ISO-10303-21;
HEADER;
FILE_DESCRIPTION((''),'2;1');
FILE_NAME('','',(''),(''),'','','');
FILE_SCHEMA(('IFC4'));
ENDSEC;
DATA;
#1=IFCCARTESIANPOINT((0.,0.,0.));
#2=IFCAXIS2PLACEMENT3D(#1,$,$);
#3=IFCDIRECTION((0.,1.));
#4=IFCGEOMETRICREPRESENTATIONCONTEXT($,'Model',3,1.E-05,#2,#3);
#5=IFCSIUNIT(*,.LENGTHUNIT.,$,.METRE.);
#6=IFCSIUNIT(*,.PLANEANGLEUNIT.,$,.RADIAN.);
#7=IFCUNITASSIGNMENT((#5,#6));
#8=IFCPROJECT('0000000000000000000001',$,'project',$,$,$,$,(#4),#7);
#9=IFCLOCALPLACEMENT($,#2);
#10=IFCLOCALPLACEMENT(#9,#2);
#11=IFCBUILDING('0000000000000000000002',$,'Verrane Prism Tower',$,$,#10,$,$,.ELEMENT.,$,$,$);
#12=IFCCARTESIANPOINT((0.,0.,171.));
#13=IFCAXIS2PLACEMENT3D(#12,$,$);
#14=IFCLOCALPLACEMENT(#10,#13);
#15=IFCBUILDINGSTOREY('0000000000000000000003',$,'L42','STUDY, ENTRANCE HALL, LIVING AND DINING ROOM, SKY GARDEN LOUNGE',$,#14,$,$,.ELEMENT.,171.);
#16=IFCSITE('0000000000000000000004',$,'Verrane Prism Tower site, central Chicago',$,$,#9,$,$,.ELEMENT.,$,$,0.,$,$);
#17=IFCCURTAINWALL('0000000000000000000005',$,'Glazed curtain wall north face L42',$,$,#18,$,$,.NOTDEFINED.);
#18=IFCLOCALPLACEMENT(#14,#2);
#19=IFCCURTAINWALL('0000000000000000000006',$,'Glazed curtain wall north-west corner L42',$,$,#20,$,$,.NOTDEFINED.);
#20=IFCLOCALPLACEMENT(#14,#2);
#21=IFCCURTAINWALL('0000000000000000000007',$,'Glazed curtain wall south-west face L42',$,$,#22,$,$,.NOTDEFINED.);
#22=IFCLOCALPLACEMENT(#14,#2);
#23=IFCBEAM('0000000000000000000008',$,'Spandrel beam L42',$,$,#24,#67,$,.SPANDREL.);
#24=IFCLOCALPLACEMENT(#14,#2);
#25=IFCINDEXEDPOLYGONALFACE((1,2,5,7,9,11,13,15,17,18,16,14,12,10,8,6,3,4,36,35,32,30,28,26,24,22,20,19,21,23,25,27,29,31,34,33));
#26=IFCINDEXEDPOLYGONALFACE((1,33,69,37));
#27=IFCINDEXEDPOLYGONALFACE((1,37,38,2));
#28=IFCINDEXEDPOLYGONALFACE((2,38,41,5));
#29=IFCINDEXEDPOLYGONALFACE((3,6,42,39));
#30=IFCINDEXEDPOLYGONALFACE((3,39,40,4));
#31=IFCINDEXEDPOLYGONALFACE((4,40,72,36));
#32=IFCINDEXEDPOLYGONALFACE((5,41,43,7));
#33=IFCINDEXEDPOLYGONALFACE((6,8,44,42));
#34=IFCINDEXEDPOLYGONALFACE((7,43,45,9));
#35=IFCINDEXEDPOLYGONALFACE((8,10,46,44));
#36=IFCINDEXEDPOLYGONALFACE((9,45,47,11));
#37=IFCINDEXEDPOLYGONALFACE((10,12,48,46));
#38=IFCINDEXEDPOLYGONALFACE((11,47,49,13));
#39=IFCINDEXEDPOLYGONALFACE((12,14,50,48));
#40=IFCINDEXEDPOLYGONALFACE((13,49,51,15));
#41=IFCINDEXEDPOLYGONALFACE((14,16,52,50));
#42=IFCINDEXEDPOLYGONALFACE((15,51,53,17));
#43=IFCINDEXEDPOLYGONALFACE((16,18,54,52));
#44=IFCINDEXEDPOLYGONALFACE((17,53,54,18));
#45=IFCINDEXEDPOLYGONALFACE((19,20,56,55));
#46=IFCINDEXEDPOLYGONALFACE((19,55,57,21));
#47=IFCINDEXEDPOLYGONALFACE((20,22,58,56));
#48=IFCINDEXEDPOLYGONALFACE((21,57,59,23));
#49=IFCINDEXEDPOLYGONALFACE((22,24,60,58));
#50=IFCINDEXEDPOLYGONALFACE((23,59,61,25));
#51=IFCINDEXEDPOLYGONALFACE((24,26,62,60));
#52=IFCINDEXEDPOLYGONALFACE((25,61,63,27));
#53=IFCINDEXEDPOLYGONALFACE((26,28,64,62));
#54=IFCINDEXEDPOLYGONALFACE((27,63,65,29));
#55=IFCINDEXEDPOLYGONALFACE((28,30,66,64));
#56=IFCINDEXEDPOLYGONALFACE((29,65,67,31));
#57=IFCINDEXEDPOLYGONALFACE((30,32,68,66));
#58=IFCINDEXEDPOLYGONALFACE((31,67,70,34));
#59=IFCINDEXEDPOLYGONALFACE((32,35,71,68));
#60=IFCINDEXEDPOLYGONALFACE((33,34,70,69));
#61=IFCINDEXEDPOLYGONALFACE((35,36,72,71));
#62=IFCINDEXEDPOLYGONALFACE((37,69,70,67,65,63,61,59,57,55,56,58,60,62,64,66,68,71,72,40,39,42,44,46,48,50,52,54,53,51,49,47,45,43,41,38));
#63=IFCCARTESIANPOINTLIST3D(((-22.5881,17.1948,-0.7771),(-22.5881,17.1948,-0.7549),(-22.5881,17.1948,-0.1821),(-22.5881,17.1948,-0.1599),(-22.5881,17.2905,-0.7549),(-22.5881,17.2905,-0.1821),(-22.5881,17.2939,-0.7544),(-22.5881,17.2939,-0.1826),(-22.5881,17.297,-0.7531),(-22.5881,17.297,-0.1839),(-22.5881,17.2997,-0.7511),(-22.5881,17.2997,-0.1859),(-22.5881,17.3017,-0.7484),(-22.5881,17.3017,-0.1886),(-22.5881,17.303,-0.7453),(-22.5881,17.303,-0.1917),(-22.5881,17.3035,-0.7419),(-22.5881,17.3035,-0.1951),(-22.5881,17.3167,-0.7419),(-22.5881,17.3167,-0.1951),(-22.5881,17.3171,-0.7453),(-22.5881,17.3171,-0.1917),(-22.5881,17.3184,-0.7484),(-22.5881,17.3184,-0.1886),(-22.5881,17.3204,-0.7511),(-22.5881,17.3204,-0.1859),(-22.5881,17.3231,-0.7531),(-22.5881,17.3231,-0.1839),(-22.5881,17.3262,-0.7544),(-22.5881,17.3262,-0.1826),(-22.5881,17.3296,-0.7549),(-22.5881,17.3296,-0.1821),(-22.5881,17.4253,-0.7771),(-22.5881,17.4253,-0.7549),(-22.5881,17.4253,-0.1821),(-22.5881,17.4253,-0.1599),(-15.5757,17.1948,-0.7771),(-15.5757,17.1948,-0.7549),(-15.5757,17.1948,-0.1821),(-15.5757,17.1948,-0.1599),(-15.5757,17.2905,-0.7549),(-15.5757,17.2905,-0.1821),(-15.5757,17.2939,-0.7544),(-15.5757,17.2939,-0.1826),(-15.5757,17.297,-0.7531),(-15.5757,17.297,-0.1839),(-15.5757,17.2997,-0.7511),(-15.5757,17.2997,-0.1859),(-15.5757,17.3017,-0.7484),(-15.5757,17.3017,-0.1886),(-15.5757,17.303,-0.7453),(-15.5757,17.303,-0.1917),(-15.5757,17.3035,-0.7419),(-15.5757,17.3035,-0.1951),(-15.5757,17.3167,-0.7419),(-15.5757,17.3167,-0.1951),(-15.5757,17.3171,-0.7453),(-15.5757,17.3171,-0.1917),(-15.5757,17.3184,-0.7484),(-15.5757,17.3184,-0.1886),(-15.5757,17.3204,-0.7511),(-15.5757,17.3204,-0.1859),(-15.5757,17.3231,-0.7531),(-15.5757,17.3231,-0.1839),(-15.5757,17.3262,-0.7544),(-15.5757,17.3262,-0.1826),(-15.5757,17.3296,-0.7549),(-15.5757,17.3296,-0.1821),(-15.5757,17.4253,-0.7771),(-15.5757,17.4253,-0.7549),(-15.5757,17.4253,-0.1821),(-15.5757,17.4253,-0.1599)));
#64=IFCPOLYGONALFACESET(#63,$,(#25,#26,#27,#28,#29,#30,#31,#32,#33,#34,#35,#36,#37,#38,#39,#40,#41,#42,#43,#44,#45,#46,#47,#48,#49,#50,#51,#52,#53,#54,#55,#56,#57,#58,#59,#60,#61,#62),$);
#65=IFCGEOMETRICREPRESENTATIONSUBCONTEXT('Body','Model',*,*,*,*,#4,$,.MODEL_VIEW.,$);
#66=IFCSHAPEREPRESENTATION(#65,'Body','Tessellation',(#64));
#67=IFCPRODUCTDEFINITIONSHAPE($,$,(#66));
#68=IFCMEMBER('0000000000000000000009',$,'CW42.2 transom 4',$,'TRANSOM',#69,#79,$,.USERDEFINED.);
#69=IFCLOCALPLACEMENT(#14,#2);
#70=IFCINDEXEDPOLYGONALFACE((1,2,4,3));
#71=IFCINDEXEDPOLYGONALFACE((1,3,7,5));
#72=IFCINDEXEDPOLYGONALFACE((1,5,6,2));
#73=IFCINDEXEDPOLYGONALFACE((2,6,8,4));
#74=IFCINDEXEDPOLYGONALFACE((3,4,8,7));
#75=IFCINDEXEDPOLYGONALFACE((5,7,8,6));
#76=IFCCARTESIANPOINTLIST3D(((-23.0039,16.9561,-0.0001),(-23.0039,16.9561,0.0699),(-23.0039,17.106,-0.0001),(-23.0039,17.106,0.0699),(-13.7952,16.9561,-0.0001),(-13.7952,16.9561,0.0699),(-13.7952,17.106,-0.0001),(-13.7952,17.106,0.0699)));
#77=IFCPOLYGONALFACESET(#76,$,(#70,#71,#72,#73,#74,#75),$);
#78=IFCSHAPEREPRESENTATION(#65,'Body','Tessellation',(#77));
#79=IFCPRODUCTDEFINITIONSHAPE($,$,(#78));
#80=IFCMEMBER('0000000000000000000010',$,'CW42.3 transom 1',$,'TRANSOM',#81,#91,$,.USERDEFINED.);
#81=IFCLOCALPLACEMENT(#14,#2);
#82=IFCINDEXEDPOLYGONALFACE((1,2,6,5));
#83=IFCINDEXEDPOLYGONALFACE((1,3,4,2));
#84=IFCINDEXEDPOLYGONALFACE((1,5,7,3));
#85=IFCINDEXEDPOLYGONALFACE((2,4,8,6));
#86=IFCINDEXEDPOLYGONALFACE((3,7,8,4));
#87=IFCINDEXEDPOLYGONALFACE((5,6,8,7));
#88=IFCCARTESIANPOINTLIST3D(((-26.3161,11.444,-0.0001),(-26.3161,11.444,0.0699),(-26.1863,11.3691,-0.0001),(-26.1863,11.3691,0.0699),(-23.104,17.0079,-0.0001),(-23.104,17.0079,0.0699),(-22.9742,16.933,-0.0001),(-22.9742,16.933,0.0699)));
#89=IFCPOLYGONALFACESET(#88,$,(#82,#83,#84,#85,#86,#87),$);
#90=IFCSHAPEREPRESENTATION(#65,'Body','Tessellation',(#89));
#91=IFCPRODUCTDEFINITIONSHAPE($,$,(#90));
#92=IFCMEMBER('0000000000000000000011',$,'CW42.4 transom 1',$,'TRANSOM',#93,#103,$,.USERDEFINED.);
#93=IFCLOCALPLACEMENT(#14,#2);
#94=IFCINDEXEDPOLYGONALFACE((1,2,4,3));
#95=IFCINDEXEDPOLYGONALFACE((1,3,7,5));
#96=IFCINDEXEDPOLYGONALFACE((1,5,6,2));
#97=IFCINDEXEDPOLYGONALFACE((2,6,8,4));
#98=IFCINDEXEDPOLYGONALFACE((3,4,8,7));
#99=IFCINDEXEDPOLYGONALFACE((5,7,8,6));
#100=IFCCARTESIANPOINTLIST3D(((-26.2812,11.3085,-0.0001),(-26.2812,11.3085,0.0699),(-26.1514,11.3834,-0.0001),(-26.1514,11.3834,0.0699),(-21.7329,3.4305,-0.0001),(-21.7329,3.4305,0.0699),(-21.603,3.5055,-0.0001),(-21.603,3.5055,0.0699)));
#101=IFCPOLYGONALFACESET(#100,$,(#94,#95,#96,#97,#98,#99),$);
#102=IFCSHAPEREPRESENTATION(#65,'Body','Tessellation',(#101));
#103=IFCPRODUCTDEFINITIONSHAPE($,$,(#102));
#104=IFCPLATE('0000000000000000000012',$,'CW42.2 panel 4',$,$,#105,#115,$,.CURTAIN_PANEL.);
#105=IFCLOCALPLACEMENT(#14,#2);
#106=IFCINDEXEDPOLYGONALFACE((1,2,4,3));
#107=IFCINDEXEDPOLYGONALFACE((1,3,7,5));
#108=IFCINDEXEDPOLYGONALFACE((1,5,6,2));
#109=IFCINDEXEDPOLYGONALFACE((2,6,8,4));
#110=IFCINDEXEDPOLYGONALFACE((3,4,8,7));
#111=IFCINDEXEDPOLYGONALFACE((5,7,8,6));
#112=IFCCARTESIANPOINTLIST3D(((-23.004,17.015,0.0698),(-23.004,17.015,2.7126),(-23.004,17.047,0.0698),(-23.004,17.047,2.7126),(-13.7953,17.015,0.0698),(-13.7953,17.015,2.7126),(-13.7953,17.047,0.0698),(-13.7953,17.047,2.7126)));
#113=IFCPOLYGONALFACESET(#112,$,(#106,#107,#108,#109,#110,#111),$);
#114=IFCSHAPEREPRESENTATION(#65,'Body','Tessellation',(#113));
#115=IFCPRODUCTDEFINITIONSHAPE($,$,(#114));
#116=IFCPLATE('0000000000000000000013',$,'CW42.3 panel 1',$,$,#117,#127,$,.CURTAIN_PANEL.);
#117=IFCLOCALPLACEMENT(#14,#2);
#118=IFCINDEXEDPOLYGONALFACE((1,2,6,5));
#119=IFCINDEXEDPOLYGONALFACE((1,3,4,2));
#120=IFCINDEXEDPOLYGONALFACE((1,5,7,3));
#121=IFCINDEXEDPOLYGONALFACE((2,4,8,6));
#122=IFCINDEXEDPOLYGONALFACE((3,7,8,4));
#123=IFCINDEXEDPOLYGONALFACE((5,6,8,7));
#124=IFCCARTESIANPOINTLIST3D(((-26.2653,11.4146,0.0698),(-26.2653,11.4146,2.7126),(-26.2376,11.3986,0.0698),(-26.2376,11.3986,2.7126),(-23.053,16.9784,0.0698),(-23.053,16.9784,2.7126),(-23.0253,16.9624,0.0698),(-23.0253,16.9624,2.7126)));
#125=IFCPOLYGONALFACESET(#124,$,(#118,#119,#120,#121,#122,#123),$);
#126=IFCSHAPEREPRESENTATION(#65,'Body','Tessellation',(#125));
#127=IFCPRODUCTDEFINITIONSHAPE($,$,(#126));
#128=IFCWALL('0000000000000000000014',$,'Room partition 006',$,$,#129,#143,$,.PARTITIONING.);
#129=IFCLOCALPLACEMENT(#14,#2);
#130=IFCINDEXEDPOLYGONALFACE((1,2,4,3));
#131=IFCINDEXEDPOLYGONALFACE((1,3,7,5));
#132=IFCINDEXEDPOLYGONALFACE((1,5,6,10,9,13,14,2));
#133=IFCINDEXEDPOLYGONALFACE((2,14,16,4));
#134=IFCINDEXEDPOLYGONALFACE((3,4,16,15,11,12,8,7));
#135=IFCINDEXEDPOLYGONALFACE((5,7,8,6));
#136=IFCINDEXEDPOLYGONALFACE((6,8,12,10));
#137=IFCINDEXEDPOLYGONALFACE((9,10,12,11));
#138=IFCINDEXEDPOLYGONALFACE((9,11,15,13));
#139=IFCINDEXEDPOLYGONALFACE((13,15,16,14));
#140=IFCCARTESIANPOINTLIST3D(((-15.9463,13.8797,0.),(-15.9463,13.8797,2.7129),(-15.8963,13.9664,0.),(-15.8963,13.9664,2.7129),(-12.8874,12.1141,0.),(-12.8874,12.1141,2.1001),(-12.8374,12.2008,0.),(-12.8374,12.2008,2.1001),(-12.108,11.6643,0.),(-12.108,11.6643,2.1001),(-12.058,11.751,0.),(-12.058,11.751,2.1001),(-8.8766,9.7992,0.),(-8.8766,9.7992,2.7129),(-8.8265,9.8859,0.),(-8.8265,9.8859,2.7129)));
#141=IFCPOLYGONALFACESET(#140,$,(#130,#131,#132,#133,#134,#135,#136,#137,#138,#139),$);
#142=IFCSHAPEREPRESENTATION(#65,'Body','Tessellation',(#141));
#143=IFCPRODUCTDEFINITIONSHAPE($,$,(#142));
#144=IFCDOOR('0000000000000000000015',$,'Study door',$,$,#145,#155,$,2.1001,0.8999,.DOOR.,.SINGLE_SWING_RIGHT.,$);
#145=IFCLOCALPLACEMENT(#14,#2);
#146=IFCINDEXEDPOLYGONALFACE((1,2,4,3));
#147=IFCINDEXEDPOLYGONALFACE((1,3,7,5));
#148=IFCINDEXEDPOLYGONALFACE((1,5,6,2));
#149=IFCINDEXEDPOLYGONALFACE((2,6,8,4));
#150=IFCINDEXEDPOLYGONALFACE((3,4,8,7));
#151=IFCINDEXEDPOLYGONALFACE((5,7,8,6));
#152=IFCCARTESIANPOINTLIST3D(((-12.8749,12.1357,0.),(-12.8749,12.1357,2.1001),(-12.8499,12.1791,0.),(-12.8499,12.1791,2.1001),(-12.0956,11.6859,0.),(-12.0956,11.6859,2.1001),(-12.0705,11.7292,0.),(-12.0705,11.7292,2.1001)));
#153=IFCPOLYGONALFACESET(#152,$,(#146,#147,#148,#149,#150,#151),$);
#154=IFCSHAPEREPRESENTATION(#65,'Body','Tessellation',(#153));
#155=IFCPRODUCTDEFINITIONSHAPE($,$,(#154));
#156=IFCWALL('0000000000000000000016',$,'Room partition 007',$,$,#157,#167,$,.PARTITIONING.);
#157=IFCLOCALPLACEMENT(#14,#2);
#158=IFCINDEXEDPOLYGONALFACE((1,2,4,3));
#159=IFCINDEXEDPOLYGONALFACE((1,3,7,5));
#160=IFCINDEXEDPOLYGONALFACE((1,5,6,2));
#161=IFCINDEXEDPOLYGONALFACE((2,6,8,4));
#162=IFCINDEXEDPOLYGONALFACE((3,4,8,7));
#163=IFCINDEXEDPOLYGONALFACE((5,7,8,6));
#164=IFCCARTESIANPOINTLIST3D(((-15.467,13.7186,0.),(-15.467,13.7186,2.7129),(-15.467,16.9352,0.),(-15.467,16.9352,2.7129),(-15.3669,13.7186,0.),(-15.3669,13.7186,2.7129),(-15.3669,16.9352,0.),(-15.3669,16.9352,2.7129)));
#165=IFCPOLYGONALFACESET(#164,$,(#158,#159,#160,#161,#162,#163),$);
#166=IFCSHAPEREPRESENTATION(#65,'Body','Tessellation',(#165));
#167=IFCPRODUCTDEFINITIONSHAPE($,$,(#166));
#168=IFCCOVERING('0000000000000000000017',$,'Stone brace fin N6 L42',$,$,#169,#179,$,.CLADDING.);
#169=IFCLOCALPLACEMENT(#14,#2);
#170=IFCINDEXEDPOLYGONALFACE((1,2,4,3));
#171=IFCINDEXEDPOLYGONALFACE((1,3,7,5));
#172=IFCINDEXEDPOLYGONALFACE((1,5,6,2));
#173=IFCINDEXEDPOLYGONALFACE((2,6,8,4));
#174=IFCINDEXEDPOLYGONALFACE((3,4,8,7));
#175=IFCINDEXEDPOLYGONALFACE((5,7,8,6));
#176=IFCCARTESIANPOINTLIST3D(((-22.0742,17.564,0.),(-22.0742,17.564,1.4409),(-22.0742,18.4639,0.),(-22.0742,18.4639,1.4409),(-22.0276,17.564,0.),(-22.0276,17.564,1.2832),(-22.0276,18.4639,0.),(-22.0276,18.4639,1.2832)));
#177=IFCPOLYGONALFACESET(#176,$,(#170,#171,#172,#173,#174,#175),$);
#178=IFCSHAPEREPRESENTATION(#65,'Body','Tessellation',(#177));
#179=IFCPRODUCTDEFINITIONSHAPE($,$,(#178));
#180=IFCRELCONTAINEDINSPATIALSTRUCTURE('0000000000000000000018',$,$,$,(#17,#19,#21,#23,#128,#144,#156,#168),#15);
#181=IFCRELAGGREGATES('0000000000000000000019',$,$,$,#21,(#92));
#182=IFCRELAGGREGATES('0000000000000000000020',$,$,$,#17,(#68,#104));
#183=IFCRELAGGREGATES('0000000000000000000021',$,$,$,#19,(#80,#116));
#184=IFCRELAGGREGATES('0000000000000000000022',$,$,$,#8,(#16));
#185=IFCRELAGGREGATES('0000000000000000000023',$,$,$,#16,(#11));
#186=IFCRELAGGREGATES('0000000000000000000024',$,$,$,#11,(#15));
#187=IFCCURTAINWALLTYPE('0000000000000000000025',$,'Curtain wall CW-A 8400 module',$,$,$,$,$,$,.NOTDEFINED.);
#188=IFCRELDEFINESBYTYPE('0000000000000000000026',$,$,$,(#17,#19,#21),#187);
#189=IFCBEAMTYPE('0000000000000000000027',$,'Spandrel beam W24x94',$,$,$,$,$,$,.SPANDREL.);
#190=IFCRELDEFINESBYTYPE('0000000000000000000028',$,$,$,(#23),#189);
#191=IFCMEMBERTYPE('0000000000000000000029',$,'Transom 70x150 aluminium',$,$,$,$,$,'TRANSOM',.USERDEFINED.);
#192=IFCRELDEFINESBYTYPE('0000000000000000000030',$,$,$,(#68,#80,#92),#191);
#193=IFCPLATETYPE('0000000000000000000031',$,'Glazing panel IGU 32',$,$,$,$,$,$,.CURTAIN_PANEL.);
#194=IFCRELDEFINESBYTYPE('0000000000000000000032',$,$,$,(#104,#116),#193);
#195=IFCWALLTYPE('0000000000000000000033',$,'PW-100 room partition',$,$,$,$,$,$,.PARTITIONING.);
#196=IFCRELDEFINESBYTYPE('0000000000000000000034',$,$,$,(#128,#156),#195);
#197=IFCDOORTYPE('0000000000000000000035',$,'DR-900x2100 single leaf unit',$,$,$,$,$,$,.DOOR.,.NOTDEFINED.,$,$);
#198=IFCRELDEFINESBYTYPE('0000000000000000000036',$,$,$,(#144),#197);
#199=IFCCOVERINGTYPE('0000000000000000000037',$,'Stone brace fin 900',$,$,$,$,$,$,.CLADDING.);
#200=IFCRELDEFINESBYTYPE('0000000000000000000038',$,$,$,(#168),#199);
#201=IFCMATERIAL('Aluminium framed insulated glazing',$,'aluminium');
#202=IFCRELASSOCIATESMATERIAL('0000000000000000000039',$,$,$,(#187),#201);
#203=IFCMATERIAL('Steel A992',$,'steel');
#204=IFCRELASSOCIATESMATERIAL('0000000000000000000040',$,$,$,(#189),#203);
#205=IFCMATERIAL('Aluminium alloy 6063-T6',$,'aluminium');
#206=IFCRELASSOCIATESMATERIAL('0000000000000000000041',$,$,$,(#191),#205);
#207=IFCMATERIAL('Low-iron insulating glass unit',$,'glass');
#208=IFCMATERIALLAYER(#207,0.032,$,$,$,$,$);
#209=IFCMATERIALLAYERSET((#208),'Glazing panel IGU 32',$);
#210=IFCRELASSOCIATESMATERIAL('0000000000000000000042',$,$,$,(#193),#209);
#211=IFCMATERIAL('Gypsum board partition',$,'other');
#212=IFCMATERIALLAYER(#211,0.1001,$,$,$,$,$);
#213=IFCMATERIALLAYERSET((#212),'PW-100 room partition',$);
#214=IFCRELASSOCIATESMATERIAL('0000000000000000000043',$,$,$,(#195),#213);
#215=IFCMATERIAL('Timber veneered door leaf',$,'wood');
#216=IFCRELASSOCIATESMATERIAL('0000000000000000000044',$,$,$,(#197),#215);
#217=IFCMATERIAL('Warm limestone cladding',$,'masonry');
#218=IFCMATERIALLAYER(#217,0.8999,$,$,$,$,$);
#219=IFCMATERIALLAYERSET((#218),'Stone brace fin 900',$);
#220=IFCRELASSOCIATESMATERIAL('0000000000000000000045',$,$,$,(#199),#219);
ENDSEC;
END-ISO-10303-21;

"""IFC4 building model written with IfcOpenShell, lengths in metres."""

from ifc_helpers import new_model, si_unit, direction, frame, frame_2d, origin, origin_2d, place, context, subcontext, project, spatial, polyline, rectangle, i_section, outline, extrude, material, layer, layer_set, material_profile, profile_set, type_object, element, fill, aggregate, save


model = new_model("IFC4")

# Units and contexts
model_context = context("Model", 3, precision=1e-05, world=origin(), true_north=direction((0.0, 1.0)))
body_context = subcontext(model_context, "Body", "Model", "MODEL_VIEW")
ifc_project = project(units=[si_unit("LENGTHUNIT", "METRE"), si_unit("PLANEANGLEUNIT", "RADIAN")], contexts=[model_context])

# Site, building, storey
site_placement = place(None, origin())
site = spatial("IfcSite", under=ifc_project, at=site_placement, Name="Verrane Prism Tower site, central Chicago", CompositionType="ELEMENT", RefElevation=0.0)
building_placement = place(site_placement, origin())
building = spatial("IfcBuilding", under=site, at=building_placement, Name="Verrane Prism Tower", CompositionType="ELEMENT")
storey_placement = place(building_placement, frame((0.0, 0.0, 171.0)))
storey = spatial("IfcBuildingStorey", under=building, at=storey_placement, Name="L42", Description="STUDY, ENTRANCE HALL, LIVING AND DINING ROOM, SKY GARDEN LOUNGE", CompositionType="ELEMENT", Elevation=171.0)

# Curtain walls
ifc_material_1 = material(Name="Aluminium framed insulated glazing", Category="aluminium")
curtain_wall_type = type_object("IfcCurtainWallType", Name="Curtain wall CW-A 8400 module", PredefinedType="NOTDEFINED", material=ifc_material_1)
curtain_wall_1_placement = place(storey_placement, origin())
curtain_wall_1 = element("IfcCurtainWall", 1, at=curtain_wall_1_placement, inside=storey, type_object=curtain_wall_type, Name="Glazed curtain wall north face L42", PredefinedType="NOTDEFINED")
curtain_wall_2_placement = place(storey_placement, origin())
curtain_wall_2 = element("IfcCurtainWall", 2, at=curtain_wall_2_placement, inside=storey, type_object=curtain_wall_type, Name="Glazed curtain wall north-west corner L42", PredefinedType="NOTDEFINED")
curtain_wall_3_placement = place(storey_placement, origin())
curtain_wall_3 = element("IfcCurtainWall", 3, at=curtain_wall_3_placement, inside=storey, type_object=curtain_wall_type, Name="Glazed curtain wall south-west face L42", PredefinedType="NOTDEFINED")

# Beam
ifc_material_2 = material(Name="Steel A992", Category="steel")
ifc_material_profile_1 = material_profile(ifc_material_2, i_section(OverallWidth=0.2305, OverallDepth=0.6172, WebThickness=0.0132, FlangeThickness=0.0222, FilletRadius=0.0129, at=origin_2d()), Name="W24x94")
ifc_profile_set_1 = profile_set([ifc_material_profile_1], Name="Steel A992")
beam_type_1 = type_object("IfcBeamType", Name="Spandrel beam W24x94", PredefinedType="SPANDREL", material=ifc_profile_set_1)
beam_1_placement = place(storey_placement, frame((-15.5757, 17.3101, -0.4685), z_axis=(-1.0, 0.0, 0.0), x_axis=(0.0, -1.0, 0.0)))
element("IfcBeam", 4, at=beam_1_placement, inside=storey, type_object=beam_type_1, Name="Spandrel beam L42", PredefinedType="SPANDREL", context=body_context, shape_type="SweptSolid", body=[
    extrude(i_section(OverallWidth=0.2305, OverallDepth=0.6172, WebThickness=0.0132, FlangeThickness=0.0222, FilletRadius=0.0129, at=origin_2d()), origin(), (0.0, 0.0, 1.0), 7.0125),
])

# Members
ifc_material_3 = material(Name="Aluminium alloy 6063-T6", Category="aluminium")
ifc_material_profile_2 = material_profile(ifc_material_3, rectangle(XDim=0.1499, YDim=0.0701, at=origin_2d()), Name="Transom 70x150 aluminium")
ifc_profile_set_2 = profile_set([ifc_material_profile_2], Name="Aluminium alloy 6063-T6")
member_type_1 = type_object("IfcMemberType", Name="Transom 70x150 aluminium", ElementType="TRANSOM", PredefinedType="USERDEFINED", material=ifc_profile_set_2)
member_1_placement = place(storey_placement, frame((-13.7952, 17.031, 0.0349), z_axis=(-1.0, 0.0, 0.0), x_axis=(0.0, -1.0, 0.0)))
member_1 = element("IfcMember", 5, at=member_1_placement, type_object=member_type_1, Name="CW42.2 transom 4", ObjectType="TRANSOM", PredefinedType="USERDEFINED", context=body_context, shape_type="SweptSolid", body=[
    extrude(rectangle(XDim=0.1499, YDim=0.0701, at=origin_2d()), origin(), (0.0, 0.0, 1.0), 9.2087),
])
member_2_placement = place(storey_placement, frame((-23.0391, 16.9705, 0.0349), z_axis=(-0.499977, -0.866039, 0.0), x_axis=(0.866039, -0.499977, 0.0)))
member_2 = element("IfcMember", 6, at=member_2_placement, type_object=member_type_1, Name="CW42.3 transom 1", ObjectType="TRANSOM", PredefinedType="USERDEFINED", context=body_context, shape_type="SweptSolid", body=[
    extrude(rectangle(XDim=0.1499, YDim=0.0701, at=origin_2d()), origin(), (0.0, 0.0, 1.0), 6.4246),
])
member_3_placement = place(storey_placement, frame((-26.2163, 11.3459, 0.0349), z_axis=(0.500001, -0.866025, 0.0), x_axis=(0.866025, 0.500001, 0.0)))
member_3 = element("IfcMember", 7, at=member_3_placement, type_object=member_type_1, Name="CW42.4 transom 1", ObjectType="TRANSOM", PredefinedType="USERDEFINED", context=body_context, shape_type="SweptSolid", body=[
    extrude(rectangle(XDim=0.1499, YDim=0.0701, at=origin_2d()), origin(), (0.0, 0.0, 1.0), 9.0967),
])
aggregate(curtain_wall_3, [member_3])

# Plates
ifc_material_4 = material(Name="Low-iron insulating glass unit", Category="glass")
ifc_layer_1 = layer(ifc_material_4, 0.032)
ifc_layer_set_1 = layer_set([ifc_layer_1], Name="Glazing panel IGU 32")
plate_type = type_object("IfcPlateType", Name="Glazing panel IGU 32", PredefinedType="CURTAIN_PANEL", material=ifc_layer_set_1)
plate_1_placement = place(storey_placement, frame((-18.3997, 17.031, 0.0698), z_axis=(0.0, 0.0, 1.0), x_axis=(-1.0, 0.0, 0.0)))
plate_1 = element("IfcPlate", 8, at=plate_1_placement, type_object=plate_type, Name="CW42.2 panel 4", PredefinedType="CURTAIN_PANEL", context=body_context, shape_type="SweptSolid", body=[
    extrude(rectangle(XDim=9.2087, YDim=0.032, at=origin_2d()), origin(), (0.0, 0.0, 1.0), 2.6428),
])
aggregate(curtain_wall_1, [member_1, plate_1])
plate_2_placement = place(storey_placement, frame((-24.6453, 14.1885, 0.0698), z_axis=(0.0, 0.0, 1.0), x_axis=(-0.500006, -0.866022, 0.0)))
plate_2 = element("IfcPlate", 9, at=plate_2_placement, type_object=plate_type, Name="CW42.3 panel 1", PredefinedType="CURTAIN_PANEL", context=body_context, shape_type="SweptSolid", body=[
    extrude(rectangle(XDim=6.4246, YDim=0.032, at=origin_2d()), origin(), (0.0, 0.0, 1.0), 2.6428),
])
aggregate(curtain_wall_2, [member_2, plate_2])

# Wall, opening, door
ifc_material_5 = material(Name="Gypsum board partition", Category="other")
ifc_layer_2 = layer(ifc_material_5, 0.1001)
ifc_layer_set_2 = layer_set([ifc_layer_2], Name="PW-100 room partition")
wall_type = type_object("IfcWallType", Name="PW-100 room partition", PredefinedType="PARTITIONING", material=ifc_layer_set_2)
wall_1_placement = place(storey_placement, frame((-15.9214, 13.9231, 0.0), z_axis=(0.0, 0.0, 1.0), x_axis=(0.866089, -0.49989, 0.0)))
wall_1 = element("IfcWall", 10, at=wall_1_placement, inside=storey, type_object=wall_type, Name="Room partition 006", PredefinedType="PARTITIONING", context=body_context, shape_type="SweptSolid", body=[
    extrude(rectangle(XDim=8.1628, YDim=0.1001, at=frame_2d((4.0815, 0.0))), origin(), (0.0, 0.0, 1.0), 2.7129),
])
opening_placement = place(wall_1_placement, frame((3.532, 0.0, 0.0)))
opening = element("IfcOpeningElement", 11, at=opening_placement, cuts=wall_1, PredefinedType="OPENING", context=body_context, shape_type="SweptSolid", body=[
    extrude(rectangle(XDim=0.8999, YDim=2.1001, at=frame_2d((0.45, 1.05))), frame((0.0, 0.0601, 0.0), z_axis=(0.0, -1.0, 0.0), x_axis=(1.0, 0.0, 0.0)), (0.0, 0.0, 1.0), 0.1201),
])
ifc_material_6 = material(Name="Timber veneered door leaf", Category="wood")
door_type = type_object("IfcDoorType", Name="DR-900x2100 single leaf unit", OperationType="NOTDEFINED", PredefinedType="DOOR", material=ifc_material_6)
door_placement = place(opening_placement, origin())
door = element("IfcDoor", 12, at=door_placement, inside=storey, type_object=door_type, Name="Study door", OperationType="SINGLE_SWING_RIGHT", OverallHeight=2.1001, OverallWidth=0.8999, PredefinedType="DOOR", context=body_context, shape_type="SweptSolid", body=[
    extrude(rectangle(XDim=0.8999, YDim=2.1001, at=frame_2d((0.45, 1.05))), frame((0.0, 0.0249, 0.0), z_axis=(0.0, -1.0, 0.0), x_axis=(1.0, 0.0, 0.0)), (0.0, 0.0, 1.0), 0.05),
])
fill(opening, door)

# Wall
wall_2_placement = place(storey_placement, frame((-15.417, 13.7185, 0.0), z_axis=(0.0, 0.0, 1.0), x_axis=(0.0, 1.0, 0.0)))
element("IfcWall", 13, at=wall_2_placement, inside=storey, type_object=wall_type, Name="Room partition 007", PredefinedType="PARTITIONING", context=body_context, shape_type="SweptSolid", body=[
    extrude(rectangle(XDim=3.2166, YDim=0.1001, at=frame_2d((1.6084, 0.0))), origin(), (0.0, 0.0, 1.0), 2.7129),
])

# Covering
ifc_material_7 = material(Name="Warm limestone cladding", Category="masonry")
ifc_layer_3 = layer(ifc_material_7, 0.8999)
ifc_layer_set_3 = layer_set([ifc_layer_3], Name="Stone brace fin 900")
covering_type = type_object("IfcCoveringType", Name="Stone brace fin 900", PredefinedType="CLADDING", material=ifc_layer_set_3)
covering_placement = place(storey_placement, frame((-22.0276, 18.0139, 0.0), z_axis=(0.0, 0.0, 1.0), x_axis=(-1.0, 0.0, 0.0)))
element("IfcCovering", 14, at=covering_placement, inside=storey, type_object=covering_type, Name="Stone brace fin N6 L42", PredefinedType="CLADDING", context=body_context, shape_type="SweptSolid", body=[
    extrude(outline(polyline([(0.0, 0.0), (0.0466, 0.0), (0.0466, 1.4409), (0.0, 1.2832), (0.0, 0.0)])), frame((0.0, 0.45, 0.0), z_axis=(0.0, -1.0, 0.0), x_axis=(1.0, 0.0, 0.0)), (0.0, 0.0, 1.0), 0.8999),
])

save(model, "model.ifc")
